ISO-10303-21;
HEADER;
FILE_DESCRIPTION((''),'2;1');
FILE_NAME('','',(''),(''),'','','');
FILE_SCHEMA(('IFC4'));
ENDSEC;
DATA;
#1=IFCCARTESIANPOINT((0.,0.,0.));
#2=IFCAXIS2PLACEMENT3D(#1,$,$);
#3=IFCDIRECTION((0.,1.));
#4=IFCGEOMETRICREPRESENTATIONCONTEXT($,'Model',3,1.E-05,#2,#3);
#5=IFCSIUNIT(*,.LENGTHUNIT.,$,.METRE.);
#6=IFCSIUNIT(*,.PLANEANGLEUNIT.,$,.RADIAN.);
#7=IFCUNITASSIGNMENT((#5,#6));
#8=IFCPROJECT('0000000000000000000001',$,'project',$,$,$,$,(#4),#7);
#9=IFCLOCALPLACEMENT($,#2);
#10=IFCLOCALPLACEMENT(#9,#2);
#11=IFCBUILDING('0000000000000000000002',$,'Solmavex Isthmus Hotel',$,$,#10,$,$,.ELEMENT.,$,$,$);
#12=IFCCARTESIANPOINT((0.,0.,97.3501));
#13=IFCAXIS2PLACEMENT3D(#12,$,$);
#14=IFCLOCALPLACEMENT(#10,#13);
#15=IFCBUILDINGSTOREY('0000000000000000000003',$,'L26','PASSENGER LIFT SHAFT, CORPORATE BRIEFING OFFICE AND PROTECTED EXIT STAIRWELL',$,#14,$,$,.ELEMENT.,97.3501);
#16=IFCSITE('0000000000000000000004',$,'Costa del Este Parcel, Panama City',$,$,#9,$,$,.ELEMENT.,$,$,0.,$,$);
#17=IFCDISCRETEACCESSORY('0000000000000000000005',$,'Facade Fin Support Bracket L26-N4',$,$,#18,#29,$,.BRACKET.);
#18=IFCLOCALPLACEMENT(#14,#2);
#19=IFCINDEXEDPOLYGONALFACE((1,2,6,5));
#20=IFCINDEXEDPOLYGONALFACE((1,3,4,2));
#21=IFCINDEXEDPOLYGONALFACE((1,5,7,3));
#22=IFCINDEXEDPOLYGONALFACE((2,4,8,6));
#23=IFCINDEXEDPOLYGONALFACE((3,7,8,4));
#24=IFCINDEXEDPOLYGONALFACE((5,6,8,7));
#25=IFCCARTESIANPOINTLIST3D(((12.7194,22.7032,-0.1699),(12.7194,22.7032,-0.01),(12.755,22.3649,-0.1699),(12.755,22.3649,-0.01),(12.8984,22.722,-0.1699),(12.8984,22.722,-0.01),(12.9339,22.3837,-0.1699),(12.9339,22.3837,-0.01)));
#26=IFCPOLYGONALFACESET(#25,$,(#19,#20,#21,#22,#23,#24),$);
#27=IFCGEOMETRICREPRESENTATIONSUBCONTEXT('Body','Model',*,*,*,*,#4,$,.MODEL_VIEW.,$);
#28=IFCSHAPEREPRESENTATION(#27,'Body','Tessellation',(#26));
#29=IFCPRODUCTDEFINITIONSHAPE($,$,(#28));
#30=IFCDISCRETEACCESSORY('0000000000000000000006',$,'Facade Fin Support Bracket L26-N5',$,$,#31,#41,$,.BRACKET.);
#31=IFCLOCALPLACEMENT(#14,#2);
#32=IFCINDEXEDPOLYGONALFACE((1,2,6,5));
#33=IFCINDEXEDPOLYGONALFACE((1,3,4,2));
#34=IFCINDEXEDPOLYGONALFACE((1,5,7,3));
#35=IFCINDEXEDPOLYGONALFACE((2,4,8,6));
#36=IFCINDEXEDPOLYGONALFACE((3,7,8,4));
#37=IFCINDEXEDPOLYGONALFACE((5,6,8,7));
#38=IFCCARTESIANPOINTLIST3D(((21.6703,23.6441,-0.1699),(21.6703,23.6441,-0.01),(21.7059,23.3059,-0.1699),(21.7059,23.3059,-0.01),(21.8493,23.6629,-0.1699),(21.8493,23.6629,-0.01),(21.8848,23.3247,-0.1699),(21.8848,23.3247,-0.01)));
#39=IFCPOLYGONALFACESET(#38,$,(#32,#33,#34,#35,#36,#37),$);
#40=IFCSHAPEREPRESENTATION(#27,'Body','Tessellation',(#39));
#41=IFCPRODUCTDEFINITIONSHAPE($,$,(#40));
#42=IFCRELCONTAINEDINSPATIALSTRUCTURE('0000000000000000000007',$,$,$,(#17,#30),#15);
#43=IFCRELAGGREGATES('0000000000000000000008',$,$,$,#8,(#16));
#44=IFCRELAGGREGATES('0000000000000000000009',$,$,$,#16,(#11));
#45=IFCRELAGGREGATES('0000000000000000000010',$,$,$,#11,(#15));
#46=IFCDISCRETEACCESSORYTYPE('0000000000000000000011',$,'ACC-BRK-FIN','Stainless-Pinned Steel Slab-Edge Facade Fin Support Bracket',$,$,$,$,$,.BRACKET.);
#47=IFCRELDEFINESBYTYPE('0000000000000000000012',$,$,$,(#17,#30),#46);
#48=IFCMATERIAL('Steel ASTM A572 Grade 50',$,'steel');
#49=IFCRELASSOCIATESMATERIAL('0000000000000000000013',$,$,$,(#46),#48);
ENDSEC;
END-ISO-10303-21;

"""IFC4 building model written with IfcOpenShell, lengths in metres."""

from ifc_helpers import new_model, si_unit, direction, frame, origin, origin_2d, place, context, subcontext, project, spatial, rectangle, extrude, material, type_object, element, save


model = new_model("IFC4")

# Units and contexts
model_context = context("Model", 3, precision=1e-05, world=origin(), true_north=direction((0.0, 1.0)))
body_context = subcontext(model_context, "Body", "Model", "MODEL_VIEW")
ifc_project = project(units=[si_unit("LENGTHUNIT", "METRE"), si_unit("PLANEANGLEUNIT", "RADIAN")], contexts=[model_context])

# Site, building, storey
site_placement = place(None, origin())
site = spatial("IfcSite", under=ifc_project, at=site_placement, Name="Costa del Este Parcel, Panama City", CompositionType="ELEMENT", RefElevation=0.0)
building_placement = place(site_placement, origin())
building = spatial("IfcBuilding", under=site, at=building_placement, Name="Solmavex Isthmus Hotel", CompositionType="ELEMENT")
storey_placement = place(building_placement, frame((0.0, 0.0, 97.3501)))
storey = spatial("IfcBuildingStorey", under=building, at=storey_placement, Name="L26", Description="PASSENGER LIFT SHAFT, CORPORATE BRIEFING OFFICE AND PROTECTED EXIT STAIRWELL", CompositionType="ELEMENT", Elevation=97.3501)

# Discrete accessories
ifc_material_1 = material(Name="Steel ASTM A572 Grade 50", Category="steel")
discrete_accessory_type = type_object("IfcDiscreteAccessoryType", Name="ACC-BRK-FIN", Description="Stainless-Pinned Steel Slab-Edge Facade Fin Support Bracket", PredefinedType="BRACKET", material=ifc_material_1)
for number, where, z_axis, x_axis, name in (
    (1, (12.8267, 22.5435, -0.1699), (0.0, 0.0, 1.0), (-0.104528, 0.994522, 0.0), "Facade Fin Support Bracket L26-N4"),
    (2, (21.7776, 23.4844, -0.1699), (0.0, 0.0, 1.0), (-0.104528, 0.994522, 0.0), "Facade Fin Support Bracket L26-N5"),
):
    element("IfcDiscreteAccessory", number, at=place(storey_placement, frame(where, z_axis=z_axis, x_axis=x_axis)), inside=storey, type_object=discrete_accessory_type, Name=name, PredefinedType="BRACKET", context=body_context, shape_type="SweptSolid", body=[
        extrude(rectangle(XDim=0.3401, YDim=0.1799, at=origin_2d()), origin(), (0.0, 0.0, 1.0), 0.1599),
    ])

save(model, "model.ifc")
